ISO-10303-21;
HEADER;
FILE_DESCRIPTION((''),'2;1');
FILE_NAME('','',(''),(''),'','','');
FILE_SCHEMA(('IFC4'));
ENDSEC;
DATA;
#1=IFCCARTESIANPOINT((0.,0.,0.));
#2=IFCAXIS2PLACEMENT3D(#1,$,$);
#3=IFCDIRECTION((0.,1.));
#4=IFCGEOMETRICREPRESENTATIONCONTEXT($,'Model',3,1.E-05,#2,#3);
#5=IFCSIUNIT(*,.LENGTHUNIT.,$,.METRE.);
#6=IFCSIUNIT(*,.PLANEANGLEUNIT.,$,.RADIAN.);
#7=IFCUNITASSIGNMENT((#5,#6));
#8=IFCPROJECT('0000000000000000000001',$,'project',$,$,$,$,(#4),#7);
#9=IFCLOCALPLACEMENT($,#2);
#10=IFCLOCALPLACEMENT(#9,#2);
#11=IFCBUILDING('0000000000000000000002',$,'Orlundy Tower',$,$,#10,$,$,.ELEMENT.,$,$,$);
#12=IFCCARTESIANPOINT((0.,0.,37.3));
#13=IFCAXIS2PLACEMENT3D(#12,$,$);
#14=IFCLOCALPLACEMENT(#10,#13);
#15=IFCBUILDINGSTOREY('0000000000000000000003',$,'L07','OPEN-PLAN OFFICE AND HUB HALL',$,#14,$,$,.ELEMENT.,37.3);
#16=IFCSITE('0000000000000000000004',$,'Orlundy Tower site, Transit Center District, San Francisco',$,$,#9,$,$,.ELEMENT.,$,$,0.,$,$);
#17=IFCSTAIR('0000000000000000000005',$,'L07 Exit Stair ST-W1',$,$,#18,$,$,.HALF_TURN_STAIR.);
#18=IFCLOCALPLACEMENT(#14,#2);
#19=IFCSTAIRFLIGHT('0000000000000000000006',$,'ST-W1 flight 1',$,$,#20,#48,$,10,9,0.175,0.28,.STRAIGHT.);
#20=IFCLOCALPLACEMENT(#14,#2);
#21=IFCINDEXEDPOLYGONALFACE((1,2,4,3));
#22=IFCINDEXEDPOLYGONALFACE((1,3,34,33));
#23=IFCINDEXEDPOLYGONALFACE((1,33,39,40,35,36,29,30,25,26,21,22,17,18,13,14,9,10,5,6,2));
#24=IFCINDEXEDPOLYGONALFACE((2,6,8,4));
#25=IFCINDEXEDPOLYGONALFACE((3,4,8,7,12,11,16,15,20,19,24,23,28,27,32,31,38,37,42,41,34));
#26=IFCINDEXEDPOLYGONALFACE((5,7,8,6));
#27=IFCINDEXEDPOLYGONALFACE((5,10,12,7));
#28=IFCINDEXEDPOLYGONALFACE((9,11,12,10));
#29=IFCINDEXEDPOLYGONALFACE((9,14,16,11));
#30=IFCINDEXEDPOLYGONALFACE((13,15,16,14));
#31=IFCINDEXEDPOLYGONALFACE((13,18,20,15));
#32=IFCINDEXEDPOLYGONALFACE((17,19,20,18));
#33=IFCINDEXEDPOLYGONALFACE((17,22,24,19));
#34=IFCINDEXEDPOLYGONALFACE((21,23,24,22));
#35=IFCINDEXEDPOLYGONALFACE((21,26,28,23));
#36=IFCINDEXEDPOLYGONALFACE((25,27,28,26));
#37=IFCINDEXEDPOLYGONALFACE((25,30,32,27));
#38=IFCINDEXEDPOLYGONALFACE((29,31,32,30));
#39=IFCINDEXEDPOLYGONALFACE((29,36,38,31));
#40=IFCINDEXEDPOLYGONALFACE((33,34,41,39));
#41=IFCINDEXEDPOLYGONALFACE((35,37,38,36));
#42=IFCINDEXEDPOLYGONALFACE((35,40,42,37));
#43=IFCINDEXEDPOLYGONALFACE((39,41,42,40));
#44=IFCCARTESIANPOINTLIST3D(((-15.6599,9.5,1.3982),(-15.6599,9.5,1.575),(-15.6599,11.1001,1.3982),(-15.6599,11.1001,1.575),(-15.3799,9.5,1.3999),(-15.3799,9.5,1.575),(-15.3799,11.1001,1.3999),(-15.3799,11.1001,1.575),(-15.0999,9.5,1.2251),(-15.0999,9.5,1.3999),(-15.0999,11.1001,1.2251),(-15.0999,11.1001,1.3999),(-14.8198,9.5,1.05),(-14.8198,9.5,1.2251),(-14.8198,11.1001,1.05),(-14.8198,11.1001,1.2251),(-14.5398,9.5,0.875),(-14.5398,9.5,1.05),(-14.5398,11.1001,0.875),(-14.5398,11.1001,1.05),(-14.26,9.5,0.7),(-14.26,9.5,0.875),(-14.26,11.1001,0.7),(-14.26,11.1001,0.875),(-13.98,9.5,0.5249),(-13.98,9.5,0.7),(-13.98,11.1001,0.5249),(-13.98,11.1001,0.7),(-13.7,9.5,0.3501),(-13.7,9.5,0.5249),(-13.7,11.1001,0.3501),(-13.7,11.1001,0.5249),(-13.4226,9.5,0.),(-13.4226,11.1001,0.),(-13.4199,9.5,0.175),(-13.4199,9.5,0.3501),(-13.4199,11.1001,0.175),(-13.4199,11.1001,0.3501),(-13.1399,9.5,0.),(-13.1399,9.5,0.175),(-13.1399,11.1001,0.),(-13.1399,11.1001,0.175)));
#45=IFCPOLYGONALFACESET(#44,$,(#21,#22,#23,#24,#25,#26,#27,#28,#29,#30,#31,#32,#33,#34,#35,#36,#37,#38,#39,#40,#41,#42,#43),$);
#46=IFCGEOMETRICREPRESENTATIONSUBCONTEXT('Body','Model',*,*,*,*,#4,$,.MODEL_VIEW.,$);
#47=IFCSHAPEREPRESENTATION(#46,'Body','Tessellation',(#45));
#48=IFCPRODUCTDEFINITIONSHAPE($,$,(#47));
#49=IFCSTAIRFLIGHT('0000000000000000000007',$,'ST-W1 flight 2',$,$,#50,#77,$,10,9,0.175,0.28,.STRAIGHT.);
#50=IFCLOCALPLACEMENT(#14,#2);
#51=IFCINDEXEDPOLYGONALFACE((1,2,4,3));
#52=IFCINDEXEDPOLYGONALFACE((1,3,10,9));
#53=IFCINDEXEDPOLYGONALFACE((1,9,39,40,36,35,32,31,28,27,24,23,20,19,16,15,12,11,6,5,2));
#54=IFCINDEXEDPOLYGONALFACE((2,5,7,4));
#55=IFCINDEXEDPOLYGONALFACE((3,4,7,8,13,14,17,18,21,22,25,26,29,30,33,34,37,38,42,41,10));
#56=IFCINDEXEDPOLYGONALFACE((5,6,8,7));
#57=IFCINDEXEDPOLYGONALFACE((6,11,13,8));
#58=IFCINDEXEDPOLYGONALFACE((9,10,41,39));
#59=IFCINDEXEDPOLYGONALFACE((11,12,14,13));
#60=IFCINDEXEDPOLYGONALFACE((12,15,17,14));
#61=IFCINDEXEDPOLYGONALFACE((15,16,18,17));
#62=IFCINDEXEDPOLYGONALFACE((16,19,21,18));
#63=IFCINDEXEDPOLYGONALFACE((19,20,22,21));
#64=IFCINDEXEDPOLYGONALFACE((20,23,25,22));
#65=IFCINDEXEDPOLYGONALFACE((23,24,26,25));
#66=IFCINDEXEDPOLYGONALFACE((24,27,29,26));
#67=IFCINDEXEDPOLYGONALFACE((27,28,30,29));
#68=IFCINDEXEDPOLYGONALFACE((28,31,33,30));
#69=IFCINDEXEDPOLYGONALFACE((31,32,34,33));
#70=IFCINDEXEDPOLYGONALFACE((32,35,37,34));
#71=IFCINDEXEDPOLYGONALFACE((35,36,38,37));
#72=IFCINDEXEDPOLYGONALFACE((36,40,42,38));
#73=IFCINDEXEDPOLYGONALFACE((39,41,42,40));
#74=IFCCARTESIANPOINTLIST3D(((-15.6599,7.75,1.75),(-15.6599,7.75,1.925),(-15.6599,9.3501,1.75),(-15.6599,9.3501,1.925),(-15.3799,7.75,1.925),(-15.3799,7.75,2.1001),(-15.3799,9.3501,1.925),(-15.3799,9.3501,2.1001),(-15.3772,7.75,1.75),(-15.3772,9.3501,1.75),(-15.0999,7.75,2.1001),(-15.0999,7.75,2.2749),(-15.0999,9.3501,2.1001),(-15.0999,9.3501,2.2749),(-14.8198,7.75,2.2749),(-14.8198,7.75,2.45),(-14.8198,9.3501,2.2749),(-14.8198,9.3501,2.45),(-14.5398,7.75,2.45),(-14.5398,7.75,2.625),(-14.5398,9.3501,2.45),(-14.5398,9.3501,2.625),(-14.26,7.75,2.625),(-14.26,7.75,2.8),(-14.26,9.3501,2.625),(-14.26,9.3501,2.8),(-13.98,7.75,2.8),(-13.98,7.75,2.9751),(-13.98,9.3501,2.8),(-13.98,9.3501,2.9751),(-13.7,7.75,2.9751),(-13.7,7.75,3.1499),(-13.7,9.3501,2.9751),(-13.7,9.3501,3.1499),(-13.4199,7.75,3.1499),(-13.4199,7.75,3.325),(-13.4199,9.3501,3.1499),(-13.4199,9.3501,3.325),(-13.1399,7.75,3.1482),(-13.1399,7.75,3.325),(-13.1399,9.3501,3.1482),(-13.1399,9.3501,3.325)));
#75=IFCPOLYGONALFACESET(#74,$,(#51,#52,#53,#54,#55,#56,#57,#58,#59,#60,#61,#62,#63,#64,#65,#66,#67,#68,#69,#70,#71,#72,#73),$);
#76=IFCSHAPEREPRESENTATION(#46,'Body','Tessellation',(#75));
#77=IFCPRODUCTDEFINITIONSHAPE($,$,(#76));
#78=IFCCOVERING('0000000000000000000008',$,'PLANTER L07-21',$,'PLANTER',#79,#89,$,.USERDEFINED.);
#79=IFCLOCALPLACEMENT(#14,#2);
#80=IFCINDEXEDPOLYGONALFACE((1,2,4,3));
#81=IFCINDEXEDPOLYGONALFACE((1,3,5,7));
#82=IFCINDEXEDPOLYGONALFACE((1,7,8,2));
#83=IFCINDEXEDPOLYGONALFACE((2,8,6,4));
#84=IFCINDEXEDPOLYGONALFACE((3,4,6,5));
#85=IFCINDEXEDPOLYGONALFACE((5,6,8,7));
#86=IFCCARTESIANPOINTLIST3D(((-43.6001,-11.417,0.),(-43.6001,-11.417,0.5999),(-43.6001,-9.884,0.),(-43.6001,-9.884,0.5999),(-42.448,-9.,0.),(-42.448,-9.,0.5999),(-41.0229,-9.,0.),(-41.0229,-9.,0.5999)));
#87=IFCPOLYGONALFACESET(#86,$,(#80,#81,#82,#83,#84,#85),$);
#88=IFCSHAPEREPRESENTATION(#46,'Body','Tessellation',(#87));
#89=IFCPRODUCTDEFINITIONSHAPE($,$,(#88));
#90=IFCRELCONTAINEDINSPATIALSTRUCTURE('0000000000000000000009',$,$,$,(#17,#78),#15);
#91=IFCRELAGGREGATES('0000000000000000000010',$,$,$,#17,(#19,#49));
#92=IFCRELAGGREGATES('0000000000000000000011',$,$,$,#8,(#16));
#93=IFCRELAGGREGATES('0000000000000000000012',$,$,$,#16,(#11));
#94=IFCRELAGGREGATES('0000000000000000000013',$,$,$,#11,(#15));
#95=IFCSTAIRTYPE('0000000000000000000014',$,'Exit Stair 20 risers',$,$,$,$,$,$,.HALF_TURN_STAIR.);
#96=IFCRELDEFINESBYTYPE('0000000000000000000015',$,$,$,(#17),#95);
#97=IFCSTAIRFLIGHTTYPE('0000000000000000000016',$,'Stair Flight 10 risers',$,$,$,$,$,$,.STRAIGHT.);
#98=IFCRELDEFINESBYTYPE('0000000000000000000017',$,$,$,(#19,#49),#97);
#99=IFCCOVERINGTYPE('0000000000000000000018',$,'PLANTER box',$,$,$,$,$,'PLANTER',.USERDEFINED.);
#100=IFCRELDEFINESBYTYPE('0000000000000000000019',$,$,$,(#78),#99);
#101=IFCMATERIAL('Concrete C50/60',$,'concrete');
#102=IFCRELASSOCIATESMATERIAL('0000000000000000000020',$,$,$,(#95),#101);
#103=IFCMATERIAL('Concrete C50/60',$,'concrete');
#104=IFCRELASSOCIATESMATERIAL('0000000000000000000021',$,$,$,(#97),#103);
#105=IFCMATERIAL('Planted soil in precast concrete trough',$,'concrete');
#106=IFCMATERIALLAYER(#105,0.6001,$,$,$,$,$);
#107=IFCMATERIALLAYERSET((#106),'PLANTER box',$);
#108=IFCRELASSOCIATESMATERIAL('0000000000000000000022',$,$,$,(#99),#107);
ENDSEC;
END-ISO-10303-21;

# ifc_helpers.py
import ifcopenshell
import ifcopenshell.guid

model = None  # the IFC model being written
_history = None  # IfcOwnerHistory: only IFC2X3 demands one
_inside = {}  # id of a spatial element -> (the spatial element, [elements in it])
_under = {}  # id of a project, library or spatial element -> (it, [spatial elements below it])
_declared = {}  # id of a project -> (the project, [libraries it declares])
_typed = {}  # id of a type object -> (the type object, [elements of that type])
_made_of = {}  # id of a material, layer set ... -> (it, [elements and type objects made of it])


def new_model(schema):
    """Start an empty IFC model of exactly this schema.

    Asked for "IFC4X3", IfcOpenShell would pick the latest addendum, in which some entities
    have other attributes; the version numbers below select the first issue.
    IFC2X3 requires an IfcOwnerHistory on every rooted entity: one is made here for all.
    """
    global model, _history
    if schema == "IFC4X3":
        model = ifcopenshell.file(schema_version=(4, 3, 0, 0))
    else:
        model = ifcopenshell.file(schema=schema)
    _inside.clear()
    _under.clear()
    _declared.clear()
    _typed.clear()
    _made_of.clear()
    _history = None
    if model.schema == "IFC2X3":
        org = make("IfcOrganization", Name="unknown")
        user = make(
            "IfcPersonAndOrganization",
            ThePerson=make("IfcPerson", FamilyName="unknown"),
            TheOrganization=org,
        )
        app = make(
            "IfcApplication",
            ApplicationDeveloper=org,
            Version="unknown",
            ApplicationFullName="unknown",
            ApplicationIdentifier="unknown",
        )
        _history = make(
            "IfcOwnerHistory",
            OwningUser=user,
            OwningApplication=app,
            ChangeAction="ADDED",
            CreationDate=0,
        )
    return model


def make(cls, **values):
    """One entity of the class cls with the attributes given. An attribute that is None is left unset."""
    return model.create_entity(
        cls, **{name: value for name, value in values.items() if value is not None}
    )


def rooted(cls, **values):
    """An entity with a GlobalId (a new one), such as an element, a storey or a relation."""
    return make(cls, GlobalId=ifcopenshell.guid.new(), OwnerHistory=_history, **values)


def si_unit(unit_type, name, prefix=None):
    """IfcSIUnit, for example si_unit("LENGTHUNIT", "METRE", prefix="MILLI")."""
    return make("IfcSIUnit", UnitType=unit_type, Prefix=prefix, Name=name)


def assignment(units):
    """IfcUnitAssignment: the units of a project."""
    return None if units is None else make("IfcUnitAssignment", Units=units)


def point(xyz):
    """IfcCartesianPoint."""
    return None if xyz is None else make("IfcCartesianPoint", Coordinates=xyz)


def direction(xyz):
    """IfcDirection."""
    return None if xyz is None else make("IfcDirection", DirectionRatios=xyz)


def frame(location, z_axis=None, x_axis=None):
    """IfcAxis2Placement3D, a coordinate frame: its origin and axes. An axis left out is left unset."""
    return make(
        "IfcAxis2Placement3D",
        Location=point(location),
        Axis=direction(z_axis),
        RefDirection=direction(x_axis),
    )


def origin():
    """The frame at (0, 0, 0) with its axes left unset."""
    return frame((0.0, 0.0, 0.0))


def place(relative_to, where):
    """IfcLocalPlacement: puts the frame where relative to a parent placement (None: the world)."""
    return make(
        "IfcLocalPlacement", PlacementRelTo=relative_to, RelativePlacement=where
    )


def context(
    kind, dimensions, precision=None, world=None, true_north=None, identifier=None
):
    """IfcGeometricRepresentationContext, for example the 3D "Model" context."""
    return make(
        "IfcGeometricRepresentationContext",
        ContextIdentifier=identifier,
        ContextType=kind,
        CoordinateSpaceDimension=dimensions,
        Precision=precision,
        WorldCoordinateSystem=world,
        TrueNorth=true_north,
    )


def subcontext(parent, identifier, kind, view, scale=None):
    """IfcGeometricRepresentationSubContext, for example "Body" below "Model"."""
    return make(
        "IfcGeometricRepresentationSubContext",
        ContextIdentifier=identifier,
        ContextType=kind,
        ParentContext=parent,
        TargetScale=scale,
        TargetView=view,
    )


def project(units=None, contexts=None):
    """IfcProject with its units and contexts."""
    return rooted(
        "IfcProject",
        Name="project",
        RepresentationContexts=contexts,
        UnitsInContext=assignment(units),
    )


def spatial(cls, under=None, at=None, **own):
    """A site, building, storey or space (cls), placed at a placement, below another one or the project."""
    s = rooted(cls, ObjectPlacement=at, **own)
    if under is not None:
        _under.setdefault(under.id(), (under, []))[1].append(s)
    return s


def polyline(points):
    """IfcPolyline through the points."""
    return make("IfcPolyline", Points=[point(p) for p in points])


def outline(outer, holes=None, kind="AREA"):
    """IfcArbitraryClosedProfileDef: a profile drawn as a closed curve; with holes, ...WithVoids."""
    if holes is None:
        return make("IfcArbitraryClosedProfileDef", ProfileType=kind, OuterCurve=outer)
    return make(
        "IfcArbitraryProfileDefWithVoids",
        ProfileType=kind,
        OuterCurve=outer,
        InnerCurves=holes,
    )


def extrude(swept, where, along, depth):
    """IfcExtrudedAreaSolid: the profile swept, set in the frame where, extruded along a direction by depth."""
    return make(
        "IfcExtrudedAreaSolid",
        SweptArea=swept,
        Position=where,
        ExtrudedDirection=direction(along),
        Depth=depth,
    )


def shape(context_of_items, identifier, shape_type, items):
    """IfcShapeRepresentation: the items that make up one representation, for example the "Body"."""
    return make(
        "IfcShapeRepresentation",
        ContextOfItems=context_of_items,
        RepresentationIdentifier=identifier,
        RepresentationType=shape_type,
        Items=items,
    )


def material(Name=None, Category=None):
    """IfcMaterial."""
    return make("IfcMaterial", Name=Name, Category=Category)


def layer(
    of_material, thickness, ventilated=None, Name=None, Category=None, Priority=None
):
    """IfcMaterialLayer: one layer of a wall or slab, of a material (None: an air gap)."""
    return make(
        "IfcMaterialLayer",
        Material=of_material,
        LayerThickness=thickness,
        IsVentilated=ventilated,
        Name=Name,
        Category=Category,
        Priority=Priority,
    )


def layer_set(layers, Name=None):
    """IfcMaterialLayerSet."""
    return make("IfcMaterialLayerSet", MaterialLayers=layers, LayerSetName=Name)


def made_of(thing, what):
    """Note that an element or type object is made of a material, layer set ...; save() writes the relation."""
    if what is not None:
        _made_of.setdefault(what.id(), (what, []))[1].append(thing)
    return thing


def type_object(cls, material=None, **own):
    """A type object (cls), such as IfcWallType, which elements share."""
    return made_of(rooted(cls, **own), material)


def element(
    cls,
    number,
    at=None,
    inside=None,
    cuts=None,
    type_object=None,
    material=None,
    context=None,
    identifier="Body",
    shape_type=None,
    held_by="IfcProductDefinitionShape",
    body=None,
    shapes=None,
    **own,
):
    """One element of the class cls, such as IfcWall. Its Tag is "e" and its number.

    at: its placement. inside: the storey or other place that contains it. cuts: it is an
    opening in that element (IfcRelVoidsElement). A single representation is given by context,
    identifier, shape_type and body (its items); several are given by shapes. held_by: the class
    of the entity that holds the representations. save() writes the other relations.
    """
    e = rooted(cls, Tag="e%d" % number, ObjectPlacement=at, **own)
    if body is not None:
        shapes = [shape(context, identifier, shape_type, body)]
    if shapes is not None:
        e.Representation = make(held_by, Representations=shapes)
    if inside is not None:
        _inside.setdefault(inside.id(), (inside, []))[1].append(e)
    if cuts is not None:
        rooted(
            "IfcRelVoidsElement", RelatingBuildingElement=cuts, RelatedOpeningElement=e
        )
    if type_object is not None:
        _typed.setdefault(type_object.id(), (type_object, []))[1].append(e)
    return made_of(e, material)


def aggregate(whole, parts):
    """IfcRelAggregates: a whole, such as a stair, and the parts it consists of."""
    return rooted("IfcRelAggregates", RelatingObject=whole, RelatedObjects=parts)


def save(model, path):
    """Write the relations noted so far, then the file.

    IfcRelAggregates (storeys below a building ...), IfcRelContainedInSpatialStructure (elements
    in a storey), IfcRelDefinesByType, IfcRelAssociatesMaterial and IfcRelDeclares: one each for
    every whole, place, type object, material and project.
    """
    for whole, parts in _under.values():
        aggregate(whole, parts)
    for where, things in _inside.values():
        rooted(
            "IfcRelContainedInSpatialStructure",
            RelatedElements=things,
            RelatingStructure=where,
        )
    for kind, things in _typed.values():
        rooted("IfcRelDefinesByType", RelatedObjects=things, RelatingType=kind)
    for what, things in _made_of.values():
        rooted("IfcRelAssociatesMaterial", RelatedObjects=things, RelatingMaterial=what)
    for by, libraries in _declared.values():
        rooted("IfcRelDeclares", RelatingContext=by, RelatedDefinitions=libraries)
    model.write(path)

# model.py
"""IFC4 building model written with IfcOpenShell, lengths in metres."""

from ifc_helpers import new_model, si_unit, direction, frame, origin, place, context, subcontext, project, spatial, polyline, outline, extrude, material, layer, layer_set, type_object, element, aggregate, save


model = new_model("IFC4")

# Units and contexts
model_context = context("Model", 3, precision=1e-05, world=origin(), true_north=direction((0.0, 1.0)))
body_context = subcontext(model_context, "Body", "Model", "MODEL_VIEW")
ifc_project = project(units=[si_unit("LENGTHUNIT", "METRE"), si_unit("PLANEANGLEUNIT", "RADIAN")], contexts=[model_context])

# Site, building, storey
site_placement = place(None, origin())
site = spatial("IfcSite", under=ifc_project, at=site_placement, Name="Orlundy Tower site, Transit Center District, San Francisco", CompositionType="ELEMENT", RefElevation=0.0)
building_placement = place(site_placement, origin())
building = spatial("IfcBuilding", under=site, at=building_placement, Name="Orlundy Tower", CompositionType="ELEMENT")
storey_placement = place(building_placement, frame((0.0, 0.0, 37.3)))
storey = spatial("IfcBuildingStorey", under=building, at=storey_placement, Name="L07", Description="OPEN-PLAN OFFICE AND HUB HALL", CompositionType="ELEMENT", Elevation=37.3)

# Stair, stair flights
ifc_material_1 = material(Name="Concrete C50/60", Category="concrete")
stair_type = type_object("IfcStairType", Name="Exit Stair 20 risers", PredefinedType="HALF_TURN_STAIR", material=ifc_material_1)
stair_placement = place(storey_placement, origin())
stair = element("IfcStair", 1, at=stair_placement, inside=storey, type_object=stair_type, Name="L07 Exit Stair ST-W1", PredefinedType="HALF_TURN_STAIR")
ifc_material_2 = material(Name="Concrete C50/60", Category="concrete")
stair_flight_type = type_object("IfcStairFlightType", Name="Stair Flight 10 risers", PredefinedType="STRAIGHT", material=ifc_material_2)
stair_flight_1_placement = place(storey_placement, frame((-13.1399, 10.3, 0.0), z_axis=(0.0, 0.0, 1.0), x_axis=(-1.0, 0.0, 0.0)))
stair_flight_1 = element("IfcStairFlight", 2, at=stair_flight_1_placement, type_object=stair_flight_type, Name="ST-W1 flight 1", NumberOfRisers=10, NumberOfTreads=9, PredefinedType="STRAIGHT", RiserHeight=0.175, TreadLength=0.28, context=body_context, shape_type="SweptSolid", body=[
    extrude(outline(polyline([(0.0, 0.0), (0.0, 0.175), (0.28, 0.175), (0.28, 0.3501), (0.5601, 0.3501), (0.5601, 0.5249), (0.8401, 0.5249), (0.8401, 0.7), (1.1201, 0.7), (1.1201, 0.875), (1.3999, 0.875), (1.3999, 1.05), (1.6799, 1.05), (1.6799, 1.2251), (1.96, 1.2251), (1.96, 1.3999), (2.24, 1.3999), (2.24, 1.575), (2.52, 1.575), (2.52, 1.75), (2.52, 1.3982), (0.2827, 0.0), (0.0, 0.0)])), frame((0.0, 0.8, 0.0), z_axis=(0.0, -1.0, 0.0), x_axis=(1.0, 0.0, 0.0)), (0.0, 0.0, 1.0), 1.6001),
])
stair_flight_2_placement = place(storey_placement, frame((-15.6599, 8.55, 1.75), z_axis=(0.0, 0.0, 1.0), x_axis=(1.0, 0.0, 0.0)))
stair_flight_2 = element("IfcStairFlight", 3, at=stair_flight_2_placement, type_object=stair_flight_type, Name="ST-W1 flight 2", NumberOfRisers=10, NumberOfTreads=9, PredefinedType="STRAIGHT", RiserHeight=0.175, TreadLength=0.28, context=body_context, shape_type="SweptSolid", body=[
    extrude(outline(polyline([(0.0, 0.0), (0.0, 0.175), (0.28, 0.175), (0.28, 0.3501), (0.5601, 0.3501), (0.5601, 0.5249), (0.8401, 0.5249), (0.8401, 0.7), (1.1201, 0.7), (1.1201, 0.875), (1.3999, 0.875), (1.3999, 1.05), (1.6799, 1.05), (1.6799, 1.2251), (1.96, 1.2251), (1.96, 1.3999), (2.24, 1.3999), (2.24, 1.575), (2.52, 1.575), (2.52, 1.75), (2.52, 1.3982), (0.2827, 0.0), (0.0, 0.0)])), frame((0.0, 0.8, 0.0), z_axis=(0.0, -1.0, 0.0), x_axis=(1.0, 0.0, 0.0)), (0.0, 0.0, 1.0), 1.6001),
])
aggregate(stair, [stair_flight_1, stair_flight_2])

# Covering
ifc_material_3 = material(Name="Planted soil in precast concrete trough", Category="concrete")
ifc_layer_1 = layer(ifc_material_3, 0.6001)
ifc_layer_set_1 = layer_set([ifc_layer_1], Name="PLANTER box")
covering_type = type_object("IfcCoveringType", Name="PLANTER box", ElementType="PLANTER", PredefinedType="USERDEFINED", material=ifc_layer_set_1)
covering_placement = place(storey_placement, origin())
element("IfcCovering", 4, at=covering_placement, inside=storey, type_object=covering_type, Name="PLANTER L07-21", ObjectType="PLANTER", PredefinedType="USERDEFINED", context=body_context, shape_type="SweptSolid", body=[
    extrude(outline(polyline([(-42.448, -9.0), (-41.0229, -9.0), (-43.6001, -11.417), (-43.6001, -9.884), (-42.448, -9.0)])), origin(), (0.0, 0.0, 1.0), 0.5999),
])

save(model, "model.ifc")
